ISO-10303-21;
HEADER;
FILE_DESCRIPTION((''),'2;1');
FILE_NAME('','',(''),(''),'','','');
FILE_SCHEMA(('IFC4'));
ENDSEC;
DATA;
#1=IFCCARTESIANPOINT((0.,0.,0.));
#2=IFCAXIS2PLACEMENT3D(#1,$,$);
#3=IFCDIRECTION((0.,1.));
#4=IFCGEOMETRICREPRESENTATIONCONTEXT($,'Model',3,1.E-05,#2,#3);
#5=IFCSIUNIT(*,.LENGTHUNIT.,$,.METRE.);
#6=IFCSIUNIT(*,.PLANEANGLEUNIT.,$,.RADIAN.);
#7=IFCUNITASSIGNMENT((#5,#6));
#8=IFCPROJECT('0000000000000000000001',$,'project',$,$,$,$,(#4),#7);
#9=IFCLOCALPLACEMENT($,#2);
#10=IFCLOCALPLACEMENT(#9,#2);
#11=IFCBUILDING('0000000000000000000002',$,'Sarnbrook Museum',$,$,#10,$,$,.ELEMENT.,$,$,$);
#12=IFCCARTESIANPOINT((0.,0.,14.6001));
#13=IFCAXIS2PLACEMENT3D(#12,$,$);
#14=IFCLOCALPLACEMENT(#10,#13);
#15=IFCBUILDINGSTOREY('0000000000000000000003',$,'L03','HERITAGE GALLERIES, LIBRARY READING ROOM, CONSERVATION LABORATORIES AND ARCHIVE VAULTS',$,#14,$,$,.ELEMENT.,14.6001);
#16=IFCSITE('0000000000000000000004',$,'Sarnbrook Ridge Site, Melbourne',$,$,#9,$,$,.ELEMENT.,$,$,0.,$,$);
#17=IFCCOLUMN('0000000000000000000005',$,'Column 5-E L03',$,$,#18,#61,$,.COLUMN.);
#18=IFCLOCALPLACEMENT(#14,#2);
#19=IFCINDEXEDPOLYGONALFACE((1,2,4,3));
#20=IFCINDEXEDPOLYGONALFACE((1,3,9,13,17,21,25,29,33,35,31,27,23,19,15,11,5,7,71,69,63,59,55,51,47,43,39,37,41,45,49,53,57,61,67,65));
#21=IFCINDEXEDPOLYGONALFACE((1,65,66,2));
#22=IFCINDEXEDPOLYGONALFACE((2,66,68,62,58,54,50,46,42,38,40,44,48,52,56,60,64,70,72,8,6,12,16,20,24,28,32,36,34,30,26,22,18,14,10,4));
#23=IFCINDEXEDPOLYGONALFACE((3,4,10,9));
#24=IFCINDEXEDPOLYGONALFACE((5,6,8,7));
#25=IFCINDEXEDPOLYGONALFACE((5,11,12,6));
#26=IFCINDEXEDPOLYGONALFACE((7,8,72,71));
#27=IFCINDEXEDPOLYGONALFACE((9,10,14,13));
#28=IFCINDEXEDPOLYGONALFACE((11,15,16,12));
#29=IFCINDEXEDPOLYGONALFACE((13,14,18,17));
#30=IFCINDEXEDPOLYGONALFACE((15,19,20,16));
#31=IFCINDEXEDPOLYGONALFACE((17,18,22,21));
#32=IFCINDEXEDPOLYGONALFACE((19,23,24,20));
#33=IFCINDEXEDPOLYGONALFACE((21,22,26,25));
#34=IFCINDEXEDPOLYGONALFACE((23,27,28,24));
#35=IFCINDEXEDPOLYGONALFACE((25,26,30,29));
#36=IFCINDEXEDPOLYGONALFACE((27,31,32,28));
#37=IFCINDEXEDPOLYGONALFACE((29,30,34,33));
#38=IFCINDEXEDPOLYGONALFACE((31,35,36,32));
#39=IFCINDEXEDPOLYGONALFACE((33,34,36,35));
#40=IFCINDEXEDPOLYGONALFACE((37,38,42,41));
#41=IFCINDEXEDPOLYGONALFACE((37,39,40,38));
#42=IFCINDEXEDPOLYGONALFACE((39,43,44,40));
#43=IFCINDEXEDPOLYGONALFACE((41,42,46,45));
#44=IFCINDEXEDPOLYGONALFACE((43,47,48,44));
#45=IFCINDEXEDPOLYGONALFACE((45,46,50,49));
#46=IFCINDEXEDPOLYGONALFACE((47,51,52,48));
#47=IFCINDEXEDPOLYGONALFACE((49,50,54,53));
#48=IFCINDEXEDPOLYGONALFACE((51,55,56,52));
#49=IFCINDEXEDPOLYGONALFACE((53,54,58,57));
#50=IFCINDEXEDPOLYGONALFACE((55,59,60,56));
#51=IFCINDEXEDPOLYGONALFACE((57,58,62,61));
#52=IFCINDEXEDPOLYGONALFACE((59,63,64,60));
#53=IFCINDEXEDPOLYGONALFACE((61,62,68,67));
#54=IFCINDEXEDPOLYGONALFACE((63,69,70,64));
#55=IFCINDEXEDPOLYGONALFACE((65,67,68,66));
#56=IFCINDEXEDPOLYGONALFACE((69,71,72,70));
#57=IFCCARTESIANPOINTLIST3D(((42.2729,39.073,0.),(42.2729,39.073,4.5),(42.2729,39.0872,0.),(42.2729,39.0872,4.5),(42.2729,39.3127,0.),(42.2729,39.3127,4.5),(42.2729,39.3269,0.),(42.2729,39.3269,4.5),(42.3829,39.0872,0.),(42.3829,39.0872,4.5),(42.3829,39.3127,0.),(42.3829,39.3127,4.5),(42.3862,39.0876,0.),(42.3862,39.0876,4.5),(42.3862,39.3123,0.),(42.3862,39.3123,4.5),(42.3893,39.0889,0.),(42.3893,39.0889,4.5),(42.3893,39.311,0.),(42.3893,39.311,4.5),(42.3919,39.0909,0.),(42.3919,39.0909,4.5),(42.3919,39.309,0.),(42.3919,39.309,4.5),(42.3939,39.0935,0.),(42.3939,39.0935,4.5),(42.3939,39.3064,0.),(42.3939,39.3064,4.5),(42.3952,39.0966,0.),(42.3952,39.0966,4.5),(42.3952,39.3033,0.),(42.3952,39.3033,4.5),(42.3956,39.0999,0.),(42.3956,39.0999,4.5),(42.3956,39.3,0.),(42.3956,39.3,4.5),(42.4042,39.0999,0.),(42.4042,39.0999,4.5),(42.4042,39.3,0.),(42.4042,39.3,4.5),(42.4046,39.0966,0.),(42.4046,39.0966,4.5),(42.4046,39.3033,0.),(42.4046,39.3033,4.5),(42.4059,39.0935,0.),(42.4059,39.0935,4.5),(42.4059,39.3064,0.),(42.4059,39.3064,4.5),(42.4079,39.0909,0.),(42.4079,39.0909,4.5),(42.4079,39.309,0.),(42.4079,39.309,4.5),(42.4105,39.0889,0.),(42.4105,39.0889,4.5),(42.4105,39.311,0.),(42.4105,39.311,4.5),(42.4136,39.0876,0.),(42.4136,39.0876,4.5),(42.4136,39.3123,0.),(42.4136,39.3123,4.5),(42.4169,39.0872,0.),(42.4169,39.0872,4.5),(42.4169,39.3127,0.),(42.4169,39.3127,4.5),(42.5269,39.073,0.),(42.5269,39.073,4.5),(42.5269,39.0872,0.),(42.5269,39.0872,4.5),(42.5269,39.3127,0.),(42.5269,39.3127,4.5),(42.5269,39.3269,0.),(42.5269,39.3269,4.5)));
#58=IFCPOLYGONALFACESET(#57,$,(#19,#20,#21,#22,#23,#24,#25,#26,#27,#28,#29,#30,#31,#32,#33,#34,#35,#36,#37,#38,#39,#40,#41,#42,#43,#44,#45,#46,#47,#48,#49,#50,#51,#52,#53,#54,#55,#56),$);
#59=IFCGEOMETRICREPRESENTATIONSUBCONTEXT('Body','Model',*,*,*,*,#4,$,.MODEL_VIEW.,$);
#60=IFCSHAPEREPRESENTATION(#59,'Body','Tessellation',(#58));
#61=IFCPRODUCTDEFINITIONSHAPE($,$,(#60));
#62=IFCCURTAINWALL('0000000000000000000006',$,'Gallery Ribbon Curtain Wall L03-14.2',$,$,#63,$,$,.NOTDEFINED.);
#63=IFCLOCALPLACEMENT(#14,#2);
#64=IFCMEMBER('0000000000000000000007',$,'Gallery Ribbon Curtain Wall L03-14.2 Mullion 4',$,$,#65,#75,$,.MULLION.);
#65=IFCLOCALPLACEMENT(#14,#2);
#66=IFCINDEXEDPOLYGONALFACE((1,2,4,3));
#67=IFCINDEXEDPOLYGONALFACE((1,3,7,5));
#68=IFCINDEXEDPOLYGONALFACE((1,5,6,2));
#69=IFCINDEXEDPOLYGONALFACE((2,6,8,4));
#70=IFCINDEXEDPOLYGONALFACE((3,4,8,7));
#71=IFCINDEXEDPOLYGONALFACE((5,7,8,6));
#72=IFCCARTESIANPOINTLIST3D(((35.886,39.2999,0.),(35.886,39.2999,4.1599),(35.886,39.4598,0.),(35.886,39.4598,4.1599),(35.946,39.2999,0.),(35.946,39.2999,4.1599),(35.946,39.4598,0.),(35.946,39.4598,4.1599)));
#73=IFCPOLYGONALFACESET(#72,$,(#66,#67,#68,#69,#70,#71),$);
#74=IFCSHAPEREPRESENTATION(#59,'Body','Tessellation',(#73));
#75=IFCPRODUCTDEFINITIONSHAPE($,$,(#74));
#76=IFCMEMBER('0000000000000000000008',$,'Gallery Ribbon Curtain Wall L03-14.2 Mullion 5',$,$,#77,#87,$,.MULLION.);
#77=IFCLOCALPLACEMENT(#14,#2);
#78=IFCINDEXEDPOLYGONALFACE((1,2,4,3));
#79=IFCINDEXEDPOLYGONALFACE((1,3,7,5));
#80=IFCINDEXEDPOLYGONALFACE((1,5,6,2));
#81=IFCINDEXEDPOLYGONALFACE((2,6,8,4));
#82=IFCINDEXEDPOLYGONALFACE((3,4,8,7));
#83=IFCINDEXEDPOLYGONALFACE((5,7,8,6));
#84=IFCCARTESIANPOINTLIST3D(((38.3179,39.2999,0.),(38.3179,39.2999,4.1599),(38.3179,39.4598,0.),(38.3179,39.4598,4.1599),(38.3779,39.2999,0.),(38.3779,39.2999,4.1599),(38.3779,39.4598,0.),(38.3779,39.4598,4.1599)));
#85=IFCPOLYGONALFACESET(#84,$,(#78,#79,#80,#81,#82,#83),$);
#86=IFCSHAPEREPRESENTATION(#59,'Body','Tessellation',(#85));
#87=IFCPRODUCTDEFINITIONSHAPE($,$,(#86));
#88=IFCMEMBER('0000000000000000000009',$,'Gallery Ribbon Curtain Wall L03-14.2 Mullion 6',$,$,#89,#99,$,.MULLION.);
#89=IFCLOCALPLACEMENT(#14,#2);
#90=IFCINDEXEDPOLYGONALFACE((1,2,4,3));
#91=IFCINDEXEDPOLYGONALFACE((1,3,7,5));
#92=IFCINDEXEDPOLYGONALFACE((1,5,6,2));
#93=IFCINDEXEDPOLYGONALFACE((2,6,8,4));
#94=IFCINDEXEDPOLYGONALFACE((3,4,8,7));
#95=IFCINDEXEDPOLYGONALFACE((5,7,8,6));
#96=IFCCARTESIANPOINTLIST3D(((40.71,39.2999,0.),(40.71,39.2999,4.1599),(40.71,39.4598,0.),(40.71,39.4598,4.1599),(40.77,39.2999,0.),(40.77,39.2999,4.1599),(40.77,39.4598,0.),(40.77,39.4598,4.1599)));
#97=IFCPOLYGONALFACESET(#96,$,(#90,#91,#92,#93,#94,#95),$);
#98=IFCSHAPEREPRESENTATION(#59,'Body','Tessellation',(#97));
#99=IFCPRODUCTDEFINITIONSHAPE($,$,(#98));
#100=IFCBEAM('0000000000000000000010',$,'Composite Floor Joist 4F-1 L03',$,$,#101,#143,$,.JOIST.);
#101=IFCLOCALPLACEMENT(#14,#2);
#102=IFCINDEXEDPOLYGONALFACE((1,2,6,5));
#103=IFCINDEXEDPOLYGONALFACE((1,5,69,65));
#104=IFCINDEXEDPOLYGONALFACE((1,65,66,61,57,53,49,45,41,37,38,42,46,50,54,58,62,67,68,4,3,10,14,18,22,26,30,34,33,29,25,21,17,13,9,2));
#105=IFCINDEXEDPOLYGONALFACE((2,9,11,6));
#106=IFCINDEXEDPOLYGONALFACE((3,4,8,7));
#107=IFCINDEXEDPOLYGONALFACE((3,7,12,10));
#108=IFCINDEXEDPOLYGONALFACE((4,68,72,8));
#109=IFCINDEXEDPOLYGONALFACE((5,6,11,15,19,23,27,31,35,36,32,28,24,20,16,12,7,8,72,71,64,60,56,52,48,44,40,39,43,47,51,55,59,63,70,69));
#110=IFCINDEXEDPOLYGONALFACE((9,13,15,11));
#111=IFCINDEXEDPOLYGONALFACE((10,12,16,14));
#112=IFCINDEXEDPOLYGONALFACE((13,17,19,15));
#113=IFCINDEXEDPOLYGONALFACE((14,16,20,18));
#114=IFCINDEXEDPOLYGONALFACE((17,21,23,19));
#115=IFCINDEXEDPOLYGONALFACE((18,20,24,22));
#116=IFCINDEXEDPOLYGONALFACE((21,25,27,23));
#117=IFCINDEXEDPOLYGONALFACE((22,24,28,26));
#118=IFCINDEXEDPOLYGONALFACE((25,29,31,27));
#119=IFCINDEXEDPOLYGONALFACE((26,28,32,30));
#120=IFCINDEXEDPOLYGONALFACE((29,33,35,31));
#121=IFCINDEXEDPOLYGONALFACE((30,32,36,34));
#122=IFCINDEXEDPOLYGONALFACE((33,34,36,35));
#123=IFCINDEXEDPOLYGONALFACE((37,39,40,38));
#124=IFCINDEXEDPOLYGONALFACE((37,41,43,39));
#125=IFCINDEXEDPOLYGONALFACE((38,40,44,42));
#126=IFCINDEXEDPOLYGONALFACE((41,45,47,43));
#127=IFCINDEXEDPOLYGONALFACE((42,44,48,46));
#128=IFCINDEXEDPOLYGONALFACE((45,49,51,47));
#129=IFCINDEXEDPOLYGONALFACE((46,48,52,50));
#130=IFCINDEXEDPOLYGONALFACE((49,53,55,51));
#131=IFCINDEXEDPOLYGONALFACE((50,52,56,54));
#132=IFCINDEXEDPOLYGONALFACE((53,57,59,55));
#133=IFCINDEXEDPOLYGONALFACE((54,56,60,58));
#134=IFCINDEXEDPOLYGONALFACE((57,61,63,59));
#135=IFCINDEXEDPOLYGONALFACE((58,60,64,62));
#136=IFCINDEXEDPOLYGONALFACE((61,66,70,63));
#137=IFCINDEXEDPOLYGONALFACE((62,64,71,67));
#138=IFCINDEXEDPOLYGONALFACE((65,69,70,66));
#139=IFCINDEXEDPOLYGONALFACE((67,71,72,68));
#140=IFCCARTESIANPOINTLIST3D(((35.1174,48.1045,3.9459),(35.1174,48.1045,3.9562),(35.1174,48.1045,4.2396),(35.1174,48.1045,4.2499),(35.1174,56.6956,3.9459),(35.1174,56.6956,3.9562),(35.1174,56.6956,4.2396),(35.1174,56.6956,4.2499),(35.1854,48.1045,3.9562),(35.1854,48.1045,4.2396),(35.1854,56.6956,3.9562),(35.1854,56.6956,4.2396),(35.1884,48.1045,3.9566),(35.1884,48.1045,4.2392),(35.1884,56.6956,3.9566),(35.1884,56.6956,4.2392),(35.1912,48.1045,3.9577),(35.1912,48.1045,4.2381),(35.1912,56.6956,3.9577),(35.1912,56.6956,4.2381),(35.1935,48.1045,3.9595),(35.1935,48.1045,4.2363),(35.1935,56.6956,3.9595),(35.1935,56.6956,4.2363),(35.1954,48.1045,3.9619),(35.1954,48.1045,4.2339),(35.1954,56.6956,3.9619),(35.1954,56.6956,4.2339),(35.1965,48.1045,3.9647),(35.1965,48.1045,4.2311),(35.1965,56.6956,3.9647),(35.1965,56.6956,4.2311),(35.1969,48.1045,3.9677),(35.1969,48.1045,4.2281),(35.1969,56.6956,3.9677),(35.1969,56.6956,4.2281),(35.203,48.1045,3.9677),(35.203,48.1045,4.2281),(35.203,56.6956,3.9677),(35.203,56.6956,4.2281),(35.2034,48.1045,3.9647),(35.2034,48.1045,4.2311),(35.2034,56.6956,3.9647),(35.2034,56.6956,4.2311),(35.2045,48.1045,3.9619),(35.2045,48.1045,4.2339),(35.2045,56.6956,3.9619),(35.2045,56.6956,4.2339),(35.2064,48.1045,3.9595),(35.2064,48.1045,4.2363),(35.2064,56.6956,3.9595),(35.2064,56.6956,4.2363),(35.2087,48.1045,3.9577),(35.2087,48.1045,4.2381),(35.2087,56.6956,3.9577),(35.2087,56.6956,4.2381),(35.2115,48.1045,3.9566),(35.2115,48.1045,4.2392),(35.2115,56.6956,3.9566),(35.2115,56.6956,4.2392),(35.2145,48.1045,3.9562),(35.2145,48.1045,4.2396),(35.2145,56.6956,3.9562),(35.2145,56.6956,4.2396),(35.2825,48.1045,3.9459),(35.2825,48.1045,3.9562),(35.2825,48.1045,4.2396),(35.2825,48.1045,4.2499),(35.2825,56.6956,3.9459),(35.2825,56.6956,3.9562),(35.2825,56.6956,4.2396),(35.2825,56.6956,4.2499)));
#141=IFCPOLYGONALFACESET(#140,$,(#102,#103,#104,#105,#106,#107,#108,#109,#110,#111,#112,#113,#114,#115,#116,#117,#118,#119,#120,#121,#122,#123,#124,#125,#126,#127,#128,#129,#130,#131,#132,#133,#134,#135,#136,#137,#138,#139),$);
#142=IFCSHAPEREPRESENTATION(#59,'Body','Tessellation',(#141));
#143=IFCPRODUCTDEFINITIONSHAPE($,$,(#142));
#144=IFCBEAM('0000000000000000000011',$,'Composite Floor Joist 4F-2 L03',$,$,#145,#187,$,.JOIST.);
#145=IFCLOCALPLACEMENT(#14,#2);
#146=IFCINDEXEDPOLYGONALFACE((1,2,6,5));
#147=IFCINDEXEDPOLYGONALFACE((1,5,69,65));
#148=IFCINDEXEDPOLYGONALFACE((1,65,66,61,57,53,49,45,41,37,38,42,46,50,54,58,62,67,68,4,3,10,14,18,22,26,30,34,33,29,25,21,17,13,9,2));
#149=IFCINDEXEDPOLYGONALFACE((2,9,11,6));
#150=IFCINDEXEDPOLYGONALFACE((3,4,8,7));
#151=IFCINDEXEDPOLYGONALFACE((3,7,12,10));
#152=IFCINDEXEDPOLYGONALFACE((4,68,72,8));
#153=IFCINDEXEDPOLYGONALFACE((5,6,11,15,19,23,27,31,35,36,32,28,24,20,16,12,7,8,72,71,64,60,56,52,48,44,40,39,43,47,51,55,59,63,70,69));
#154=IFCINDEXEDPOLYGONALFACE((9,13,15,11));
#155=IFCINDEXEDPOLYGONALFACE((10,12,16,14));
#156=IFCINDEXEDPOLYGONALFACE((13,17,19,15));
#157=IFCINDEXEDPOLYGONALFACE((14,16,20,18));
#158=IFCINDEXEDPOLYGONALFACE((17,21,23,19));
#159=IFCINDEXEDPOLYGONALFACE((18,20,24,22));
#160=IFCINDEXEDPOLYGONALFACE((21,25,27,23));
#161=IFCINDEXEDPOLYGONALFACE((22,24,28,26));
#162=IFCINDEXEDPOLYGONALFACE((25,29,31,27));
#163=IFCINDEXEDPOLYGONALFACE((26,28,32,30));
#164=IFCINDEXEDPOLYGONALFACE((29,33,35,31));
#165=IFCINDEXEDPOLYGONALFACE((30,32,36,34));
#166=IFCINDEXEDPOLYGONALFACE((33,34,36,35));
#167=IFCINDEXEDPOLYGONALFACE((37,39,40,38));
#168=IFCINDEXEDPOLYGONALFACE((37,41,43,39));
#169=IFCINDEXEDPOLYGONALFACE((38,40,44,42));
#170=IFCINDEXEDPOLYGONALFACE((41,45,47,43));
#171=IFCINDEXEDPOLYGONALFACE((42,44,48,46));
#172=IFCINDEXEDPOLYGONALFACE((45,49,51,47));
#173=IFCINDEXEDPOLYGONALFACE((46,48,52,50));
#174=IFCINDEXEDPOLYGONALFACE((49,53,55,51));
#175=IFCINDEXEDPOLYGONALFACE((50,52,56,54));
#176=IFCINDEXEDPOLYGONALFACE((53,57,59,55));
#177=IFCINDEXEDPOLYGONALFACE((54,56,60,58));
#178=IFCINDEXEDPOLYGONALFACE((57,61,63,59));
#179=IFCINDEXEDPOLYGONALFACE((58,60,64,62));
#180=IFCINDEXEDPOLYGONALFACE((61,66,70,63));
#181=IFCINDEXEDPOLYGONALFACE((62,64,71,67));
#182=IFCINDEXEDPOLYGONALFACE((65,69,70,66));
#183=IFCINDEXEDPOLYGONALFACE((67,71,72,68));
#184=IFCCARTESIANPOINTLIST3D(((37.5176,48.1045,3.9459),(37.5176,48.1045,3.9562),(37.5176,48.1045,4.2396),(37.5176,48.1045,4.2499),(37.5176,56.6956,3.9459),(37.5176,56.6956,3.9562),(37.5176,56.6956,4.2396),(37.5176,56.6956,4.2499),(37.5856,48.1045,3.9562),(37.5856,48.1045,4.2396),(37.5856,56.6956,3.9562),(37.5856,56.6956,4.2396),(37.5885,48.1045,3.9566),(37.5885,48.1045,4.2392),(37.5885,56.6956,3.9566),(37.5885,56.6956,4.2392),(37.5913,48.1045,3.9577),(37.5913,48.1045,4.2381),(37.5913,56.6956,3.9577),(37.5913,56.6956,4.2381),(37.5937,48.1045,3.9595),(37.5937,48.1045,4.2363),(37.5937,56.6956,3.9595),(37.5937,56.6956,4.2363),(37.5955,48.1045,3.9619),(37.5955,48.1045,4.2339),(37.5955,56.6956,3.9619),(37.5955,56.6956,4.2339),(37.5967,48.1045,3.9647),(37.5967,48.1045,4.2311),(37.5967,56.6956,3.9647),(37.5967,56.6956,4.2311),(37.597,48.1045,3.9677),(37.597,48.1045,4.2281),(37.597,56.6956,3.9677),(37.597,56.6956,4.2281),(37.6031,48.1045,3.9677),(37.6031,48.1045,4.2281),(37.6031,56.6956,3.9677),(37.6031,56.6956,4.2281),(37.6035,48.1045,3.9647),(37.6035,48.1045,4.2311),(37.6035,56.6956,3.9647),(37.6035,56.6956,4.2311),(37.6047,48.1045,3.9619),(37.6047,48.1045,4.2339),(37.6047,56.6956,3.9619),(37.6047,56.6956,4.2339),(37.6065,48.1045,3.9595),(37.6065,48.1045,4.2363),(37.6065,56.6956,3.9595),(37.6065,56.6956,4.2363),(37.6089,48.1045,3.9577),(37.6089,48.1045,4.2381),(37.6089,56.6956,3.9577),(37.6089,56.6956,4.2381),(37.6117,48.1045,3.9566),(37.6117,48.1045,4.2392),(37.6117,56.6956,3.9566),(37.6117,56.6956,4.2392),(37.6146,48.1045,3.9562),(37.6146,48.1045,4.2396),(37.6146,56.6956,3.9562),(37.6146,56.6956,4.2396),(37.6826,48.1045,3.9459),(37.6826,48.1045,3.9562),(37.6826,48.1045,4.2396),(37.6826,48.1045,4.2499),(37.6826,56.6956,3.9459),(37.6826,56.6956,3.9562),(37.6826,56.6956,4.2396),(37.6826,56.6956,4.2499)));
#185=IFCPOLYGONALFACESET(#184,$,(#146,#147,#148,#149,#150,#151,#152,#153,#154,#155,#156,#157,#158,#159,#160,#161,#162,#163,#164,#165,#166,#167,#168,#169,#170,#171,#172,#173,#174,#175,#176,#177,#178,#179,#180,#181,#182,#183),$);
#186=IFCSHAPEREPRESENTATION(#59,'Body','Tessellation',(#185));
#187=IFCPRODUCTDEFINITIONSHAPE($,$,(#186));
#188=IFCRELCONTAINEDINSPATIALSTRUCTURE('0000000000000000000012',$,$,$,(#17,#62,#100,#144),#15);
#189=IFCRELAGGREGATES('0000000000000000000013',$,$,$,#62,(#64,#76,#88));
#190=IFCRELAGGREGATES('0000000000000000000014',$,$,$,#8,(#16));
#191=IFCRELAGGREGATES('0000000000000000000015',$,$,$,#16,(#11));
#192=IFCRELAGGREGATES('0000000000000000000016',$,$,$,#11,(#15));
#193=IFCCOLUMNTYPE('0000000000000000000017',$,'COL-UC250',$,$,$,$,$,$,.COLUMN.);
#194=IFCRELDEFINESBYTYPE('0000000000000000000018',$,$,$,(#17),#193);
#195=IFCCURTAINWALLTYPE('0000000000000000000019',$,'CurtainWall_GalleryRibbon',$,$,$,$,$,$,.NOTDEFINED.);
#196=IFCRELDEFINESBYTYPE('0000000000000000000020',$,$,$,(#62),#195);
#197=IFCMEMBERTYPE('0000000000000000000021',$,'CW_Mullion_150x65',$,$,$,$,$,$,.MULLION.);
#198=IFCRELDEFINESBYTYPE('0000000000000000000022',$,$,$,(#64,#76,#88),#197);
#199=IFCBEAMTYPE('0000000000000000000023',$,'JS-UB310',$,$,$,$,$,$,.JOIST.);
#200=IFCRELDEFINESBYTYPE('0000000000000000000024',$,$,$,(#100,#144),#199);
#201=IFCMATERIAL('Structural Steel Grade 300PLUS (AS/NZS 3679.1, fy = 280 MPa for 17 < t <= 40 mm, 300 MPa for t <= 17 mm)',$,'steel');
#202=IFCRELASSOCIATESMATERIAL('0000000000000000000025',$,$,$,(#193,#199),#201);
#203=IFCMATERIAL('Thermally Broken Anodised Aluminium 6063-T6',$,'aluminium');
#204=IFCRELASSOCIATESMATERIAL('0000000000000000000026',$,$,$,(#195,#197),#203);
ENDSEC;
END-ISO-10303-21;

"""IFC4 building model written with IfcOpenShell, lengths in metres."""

from ifc_helpers import new_model, si_unit, direction, frame, origin, origin_2d, place, context, subcontext, project, spatial, rectangle, i_section, extrude, material, material_profile, profile_set, type_object, element, aggregate, save


model = new_model("IFC4")

# Units and contexts
model_context = context("Model", 3, precision=1e-05, world=origin(), true_north=direction((0.0, 1.0)))
body_context = subcontext(model_context, "Body", "Model", "MODEL_VIEW")
ifc_project = project(units=[si_unit("LENGTHUNIT", "METRE"), si_unit("PLANEANGLEUNIT", "RADIAN")], contexts=[model_context])

# Site, building, storey
site_placement = place(None, origin())
site = spatial("IfcSite", under=ifc_project, at=site_placement, Name="Sarnbrook Ridge Site, Melbourne", CompositionType="ELEMENT", RefElevation=0.0)
building_placement = place(site_placement, origin())
building = spatial("IfcBuilding", under=site, at=building_placement, Name="Sarnbrook Museum", CompositionType="ELEMENT")
storey_placement = place(building_placement, frame((0.0, 0.0, 14.6001)))
storey = spatial("IfcBuildingStorey", under=building, at=storey_placement, Name="L03", Description="HERITAGE GALLERIES, LIBRARY READING ROOM, CONSERVATION LABORATORIES AND ARCHIVE VAULTS", CompositionType="ELEMENT", Elevation=14.6001)

# Column
ifc_material_1 = material(Name="Structural Steel Grade 300PLUS (AS/NZS 3679.1, fy = 280 MPa for 17 < t <= 40 mm, 300 MPa for t <= 17 mm)", Category="steel")
ifc_material_profile_1 = material_profile(ifc_material_1, i_section(OverallWidth=0.2539, OverallDepth=0.2539, WebThickness=0.0085, FlangeThickness=0.0142, FilletRadius=0.0127, at=origin_2d()), Name="250UC72.9")
ifc_profile_set_1 = profile_set([ifc_material_profile_1], Name="Structural Steel Grade 300PLUS (AS/NZS 3679.1, fy = 280 MPa for 17 < t <= 40 mm, 300 MPa for t <= 17 mm)")
column_type = type_object("IfcColumnType", Name="COL-UC250", PredefinedType="COLUMN", material=ifc_profile_set_1)
column_placement = place(storey_placement, frame((42.3999, 39.2, 0.0), z_axis=(0.0, 0.0, 1.0), x_axis=(1.0, 0.0, 0.0)))
element("IfcColumn", 1, at=column_placement, inside=storey, type_object=column_type, Name="Column 5-E L03", PredefinedType="COLUMN", context=body_context, shape_type="SweptSolid", body=[
    extrude(i_section(OverallWidth=0.2539, OverallDepth=0.2539, WebThickness=0.0085, FlangeThickness=0.0142, FilletRadius=0.0127, at=origin_2d()), origin(), (0.0, 0.0, 1.0), 4.5),
])

# Curtain wall, members
ifc_material_2 = material(Name="Thermally Broken Anodised Aluminium 6063-T6", Category="aluminium")
curtain_wall_type = type_object("IfcCurtainWallType", Name="CurtainWall_GalleryRibbon", PredefinedType="NOTDEFINED", material=ifc_material_2)
curtain_wall_placement = place(storey_placement, origin())
curtain_wall = element("IfcCurtainWall", 2, at=curtain_wall_placement, inside=storey, type_object=curtain_wall_type, Name="Gallery Ribbon Curtain Wall L03-14.2", PredefinedType="NOTDEFINED")
ifc_material_profile_2 = material_profile(ifc_material_2, rectangle(XDim=0.0601, YDim=0.1599, at=origin_2d()), Name="ALU MULLION 60x160")
ifc_profile_set_2 = profile_set([ifc_material_profile_2], Name="Thermally Broken Anodised Aluminium 6063-T6")
member_type = type_object("IfcMemberType", Name="CW_Mullion_150x65", PredefinedType="MULLION", material=ifc_profile_set_2)
member_1_placement = place(storey_placement, frame((35.916, 39.3799, 0.0), z_axis=(0.0, 0.0, 1.0), x_axis=(1.0, 0.0, 0.0)))
member_1 = element("IfcMember", 3, at=member_1_placement, type_object=member_type, Name="Gallery Ribbon Curtain Wall L03-14.2 Mullion 4", PredefinedType="MULLION", context=body_context, shape_type="SweptSolid", body=[
    extrude(rectangle(XDim=0.0601, YDim=0.1599, at=origin_2d()), origin(), (0.0, 0.0, 1.0), 4.1599),
])
member_2_placement = place(storey_placement, frame((38.3479, 39.3799, 0.0), z_axis=(0.0, 0.0, 1.0), x_axis=(1.0, 0.0, 0.0)))
member_2 = element("IfcMember", 4, at=member_2_placement, type_object=member_type, Name="Gallery Ribbon Curtain Wall L03-14.2 Mullion 5", PredefinedType="MULLION", context=body_context, shape_type="SweptSolid", body=[
    extrude(rectangle(XDim=0.0601, YDim=0.1599, at=origin_2d()), origin(), (0.0, 0.0, 1.0), 4.1599),
])
member_3_placement = place(storey_placement, frame((40.74, 39.3799, 0.0), z_axis=(0.0, 0.0, 1.0), x_axis=(1.0, 0.0, 0.0)))
member_3 = element("IfcMember", 5, at=member_3_placement, type_object=member_type, Name="Gallery Ribbon Curtain Wall L03-14.2 Mullion 6", PredefinedType="MULLION", context=body_context, shape_type="SweptSolid", body=[
    extrude(rectangle(XDim=0.0601, YDim=0.1599, at=origin_2d()), origin(), (0.0, 0.0, 1.0), 4.1599),
])

# Beams
ifc_material_profile_3 = material_profile(ifc_material_1, i_section(OverallWidth=0.165, OverallDepth=0.304, WebThickness=0.0061, FlangeThickness=0.0103, FilletRadius=0.0115, at=origin_2d()), Name="310UB40.4")
ifc_profile_set_3 = profile_set([ifc_material_profile_3], Name="Structural Steel Grade 300PLUS (AS/NZS 3679.1, fy = 280 MPa for 17 < t <= 40 mm, 300 MPa for t <= 17 mm)")
beam_type_1 = type_object("IfcBeamType", Name="JS-UB310", PredefinedType="JOIST", material=ifc_profile_set_3)
for number, where, z_axis, x_axis, name in (
    (6, (35.2, 48.1045, 4.0979), (0.0, 1.0, 0.0), (-1.0, 0.0, 0.0), "Composite Floor Joist 4F-1 L03"),
    (7, (37.6001, 48.1045, 4.0979), (0.0, 1.0, 0.0), (-1.0, 0.0, 0.0), "Composite Floor Joist 4F-2 L03"),
):
    element("IfcBeam", number, at=place(storey_placement, frame(where, z_axis=z_axis, x_axis=x_axis)), inside=storey, type_object=beam_type_1, Name=name, PredefinedType="JOIST", context=body_context, shape_type="SweptSolid", body=[
        extrude(i_section(OverallWidth=0.165, OverallDepth=0.304, WebThickness=0.0061, FlangeThickness=0.0103, FilletRadius=0.0115, at=origin_2d()), origin(), (0.0, 0.0, 1.0), 8.5911),
    ])

aggregate(curtain_wall, [member_1, member_2, member_3])

save(model, "model.ifc")
